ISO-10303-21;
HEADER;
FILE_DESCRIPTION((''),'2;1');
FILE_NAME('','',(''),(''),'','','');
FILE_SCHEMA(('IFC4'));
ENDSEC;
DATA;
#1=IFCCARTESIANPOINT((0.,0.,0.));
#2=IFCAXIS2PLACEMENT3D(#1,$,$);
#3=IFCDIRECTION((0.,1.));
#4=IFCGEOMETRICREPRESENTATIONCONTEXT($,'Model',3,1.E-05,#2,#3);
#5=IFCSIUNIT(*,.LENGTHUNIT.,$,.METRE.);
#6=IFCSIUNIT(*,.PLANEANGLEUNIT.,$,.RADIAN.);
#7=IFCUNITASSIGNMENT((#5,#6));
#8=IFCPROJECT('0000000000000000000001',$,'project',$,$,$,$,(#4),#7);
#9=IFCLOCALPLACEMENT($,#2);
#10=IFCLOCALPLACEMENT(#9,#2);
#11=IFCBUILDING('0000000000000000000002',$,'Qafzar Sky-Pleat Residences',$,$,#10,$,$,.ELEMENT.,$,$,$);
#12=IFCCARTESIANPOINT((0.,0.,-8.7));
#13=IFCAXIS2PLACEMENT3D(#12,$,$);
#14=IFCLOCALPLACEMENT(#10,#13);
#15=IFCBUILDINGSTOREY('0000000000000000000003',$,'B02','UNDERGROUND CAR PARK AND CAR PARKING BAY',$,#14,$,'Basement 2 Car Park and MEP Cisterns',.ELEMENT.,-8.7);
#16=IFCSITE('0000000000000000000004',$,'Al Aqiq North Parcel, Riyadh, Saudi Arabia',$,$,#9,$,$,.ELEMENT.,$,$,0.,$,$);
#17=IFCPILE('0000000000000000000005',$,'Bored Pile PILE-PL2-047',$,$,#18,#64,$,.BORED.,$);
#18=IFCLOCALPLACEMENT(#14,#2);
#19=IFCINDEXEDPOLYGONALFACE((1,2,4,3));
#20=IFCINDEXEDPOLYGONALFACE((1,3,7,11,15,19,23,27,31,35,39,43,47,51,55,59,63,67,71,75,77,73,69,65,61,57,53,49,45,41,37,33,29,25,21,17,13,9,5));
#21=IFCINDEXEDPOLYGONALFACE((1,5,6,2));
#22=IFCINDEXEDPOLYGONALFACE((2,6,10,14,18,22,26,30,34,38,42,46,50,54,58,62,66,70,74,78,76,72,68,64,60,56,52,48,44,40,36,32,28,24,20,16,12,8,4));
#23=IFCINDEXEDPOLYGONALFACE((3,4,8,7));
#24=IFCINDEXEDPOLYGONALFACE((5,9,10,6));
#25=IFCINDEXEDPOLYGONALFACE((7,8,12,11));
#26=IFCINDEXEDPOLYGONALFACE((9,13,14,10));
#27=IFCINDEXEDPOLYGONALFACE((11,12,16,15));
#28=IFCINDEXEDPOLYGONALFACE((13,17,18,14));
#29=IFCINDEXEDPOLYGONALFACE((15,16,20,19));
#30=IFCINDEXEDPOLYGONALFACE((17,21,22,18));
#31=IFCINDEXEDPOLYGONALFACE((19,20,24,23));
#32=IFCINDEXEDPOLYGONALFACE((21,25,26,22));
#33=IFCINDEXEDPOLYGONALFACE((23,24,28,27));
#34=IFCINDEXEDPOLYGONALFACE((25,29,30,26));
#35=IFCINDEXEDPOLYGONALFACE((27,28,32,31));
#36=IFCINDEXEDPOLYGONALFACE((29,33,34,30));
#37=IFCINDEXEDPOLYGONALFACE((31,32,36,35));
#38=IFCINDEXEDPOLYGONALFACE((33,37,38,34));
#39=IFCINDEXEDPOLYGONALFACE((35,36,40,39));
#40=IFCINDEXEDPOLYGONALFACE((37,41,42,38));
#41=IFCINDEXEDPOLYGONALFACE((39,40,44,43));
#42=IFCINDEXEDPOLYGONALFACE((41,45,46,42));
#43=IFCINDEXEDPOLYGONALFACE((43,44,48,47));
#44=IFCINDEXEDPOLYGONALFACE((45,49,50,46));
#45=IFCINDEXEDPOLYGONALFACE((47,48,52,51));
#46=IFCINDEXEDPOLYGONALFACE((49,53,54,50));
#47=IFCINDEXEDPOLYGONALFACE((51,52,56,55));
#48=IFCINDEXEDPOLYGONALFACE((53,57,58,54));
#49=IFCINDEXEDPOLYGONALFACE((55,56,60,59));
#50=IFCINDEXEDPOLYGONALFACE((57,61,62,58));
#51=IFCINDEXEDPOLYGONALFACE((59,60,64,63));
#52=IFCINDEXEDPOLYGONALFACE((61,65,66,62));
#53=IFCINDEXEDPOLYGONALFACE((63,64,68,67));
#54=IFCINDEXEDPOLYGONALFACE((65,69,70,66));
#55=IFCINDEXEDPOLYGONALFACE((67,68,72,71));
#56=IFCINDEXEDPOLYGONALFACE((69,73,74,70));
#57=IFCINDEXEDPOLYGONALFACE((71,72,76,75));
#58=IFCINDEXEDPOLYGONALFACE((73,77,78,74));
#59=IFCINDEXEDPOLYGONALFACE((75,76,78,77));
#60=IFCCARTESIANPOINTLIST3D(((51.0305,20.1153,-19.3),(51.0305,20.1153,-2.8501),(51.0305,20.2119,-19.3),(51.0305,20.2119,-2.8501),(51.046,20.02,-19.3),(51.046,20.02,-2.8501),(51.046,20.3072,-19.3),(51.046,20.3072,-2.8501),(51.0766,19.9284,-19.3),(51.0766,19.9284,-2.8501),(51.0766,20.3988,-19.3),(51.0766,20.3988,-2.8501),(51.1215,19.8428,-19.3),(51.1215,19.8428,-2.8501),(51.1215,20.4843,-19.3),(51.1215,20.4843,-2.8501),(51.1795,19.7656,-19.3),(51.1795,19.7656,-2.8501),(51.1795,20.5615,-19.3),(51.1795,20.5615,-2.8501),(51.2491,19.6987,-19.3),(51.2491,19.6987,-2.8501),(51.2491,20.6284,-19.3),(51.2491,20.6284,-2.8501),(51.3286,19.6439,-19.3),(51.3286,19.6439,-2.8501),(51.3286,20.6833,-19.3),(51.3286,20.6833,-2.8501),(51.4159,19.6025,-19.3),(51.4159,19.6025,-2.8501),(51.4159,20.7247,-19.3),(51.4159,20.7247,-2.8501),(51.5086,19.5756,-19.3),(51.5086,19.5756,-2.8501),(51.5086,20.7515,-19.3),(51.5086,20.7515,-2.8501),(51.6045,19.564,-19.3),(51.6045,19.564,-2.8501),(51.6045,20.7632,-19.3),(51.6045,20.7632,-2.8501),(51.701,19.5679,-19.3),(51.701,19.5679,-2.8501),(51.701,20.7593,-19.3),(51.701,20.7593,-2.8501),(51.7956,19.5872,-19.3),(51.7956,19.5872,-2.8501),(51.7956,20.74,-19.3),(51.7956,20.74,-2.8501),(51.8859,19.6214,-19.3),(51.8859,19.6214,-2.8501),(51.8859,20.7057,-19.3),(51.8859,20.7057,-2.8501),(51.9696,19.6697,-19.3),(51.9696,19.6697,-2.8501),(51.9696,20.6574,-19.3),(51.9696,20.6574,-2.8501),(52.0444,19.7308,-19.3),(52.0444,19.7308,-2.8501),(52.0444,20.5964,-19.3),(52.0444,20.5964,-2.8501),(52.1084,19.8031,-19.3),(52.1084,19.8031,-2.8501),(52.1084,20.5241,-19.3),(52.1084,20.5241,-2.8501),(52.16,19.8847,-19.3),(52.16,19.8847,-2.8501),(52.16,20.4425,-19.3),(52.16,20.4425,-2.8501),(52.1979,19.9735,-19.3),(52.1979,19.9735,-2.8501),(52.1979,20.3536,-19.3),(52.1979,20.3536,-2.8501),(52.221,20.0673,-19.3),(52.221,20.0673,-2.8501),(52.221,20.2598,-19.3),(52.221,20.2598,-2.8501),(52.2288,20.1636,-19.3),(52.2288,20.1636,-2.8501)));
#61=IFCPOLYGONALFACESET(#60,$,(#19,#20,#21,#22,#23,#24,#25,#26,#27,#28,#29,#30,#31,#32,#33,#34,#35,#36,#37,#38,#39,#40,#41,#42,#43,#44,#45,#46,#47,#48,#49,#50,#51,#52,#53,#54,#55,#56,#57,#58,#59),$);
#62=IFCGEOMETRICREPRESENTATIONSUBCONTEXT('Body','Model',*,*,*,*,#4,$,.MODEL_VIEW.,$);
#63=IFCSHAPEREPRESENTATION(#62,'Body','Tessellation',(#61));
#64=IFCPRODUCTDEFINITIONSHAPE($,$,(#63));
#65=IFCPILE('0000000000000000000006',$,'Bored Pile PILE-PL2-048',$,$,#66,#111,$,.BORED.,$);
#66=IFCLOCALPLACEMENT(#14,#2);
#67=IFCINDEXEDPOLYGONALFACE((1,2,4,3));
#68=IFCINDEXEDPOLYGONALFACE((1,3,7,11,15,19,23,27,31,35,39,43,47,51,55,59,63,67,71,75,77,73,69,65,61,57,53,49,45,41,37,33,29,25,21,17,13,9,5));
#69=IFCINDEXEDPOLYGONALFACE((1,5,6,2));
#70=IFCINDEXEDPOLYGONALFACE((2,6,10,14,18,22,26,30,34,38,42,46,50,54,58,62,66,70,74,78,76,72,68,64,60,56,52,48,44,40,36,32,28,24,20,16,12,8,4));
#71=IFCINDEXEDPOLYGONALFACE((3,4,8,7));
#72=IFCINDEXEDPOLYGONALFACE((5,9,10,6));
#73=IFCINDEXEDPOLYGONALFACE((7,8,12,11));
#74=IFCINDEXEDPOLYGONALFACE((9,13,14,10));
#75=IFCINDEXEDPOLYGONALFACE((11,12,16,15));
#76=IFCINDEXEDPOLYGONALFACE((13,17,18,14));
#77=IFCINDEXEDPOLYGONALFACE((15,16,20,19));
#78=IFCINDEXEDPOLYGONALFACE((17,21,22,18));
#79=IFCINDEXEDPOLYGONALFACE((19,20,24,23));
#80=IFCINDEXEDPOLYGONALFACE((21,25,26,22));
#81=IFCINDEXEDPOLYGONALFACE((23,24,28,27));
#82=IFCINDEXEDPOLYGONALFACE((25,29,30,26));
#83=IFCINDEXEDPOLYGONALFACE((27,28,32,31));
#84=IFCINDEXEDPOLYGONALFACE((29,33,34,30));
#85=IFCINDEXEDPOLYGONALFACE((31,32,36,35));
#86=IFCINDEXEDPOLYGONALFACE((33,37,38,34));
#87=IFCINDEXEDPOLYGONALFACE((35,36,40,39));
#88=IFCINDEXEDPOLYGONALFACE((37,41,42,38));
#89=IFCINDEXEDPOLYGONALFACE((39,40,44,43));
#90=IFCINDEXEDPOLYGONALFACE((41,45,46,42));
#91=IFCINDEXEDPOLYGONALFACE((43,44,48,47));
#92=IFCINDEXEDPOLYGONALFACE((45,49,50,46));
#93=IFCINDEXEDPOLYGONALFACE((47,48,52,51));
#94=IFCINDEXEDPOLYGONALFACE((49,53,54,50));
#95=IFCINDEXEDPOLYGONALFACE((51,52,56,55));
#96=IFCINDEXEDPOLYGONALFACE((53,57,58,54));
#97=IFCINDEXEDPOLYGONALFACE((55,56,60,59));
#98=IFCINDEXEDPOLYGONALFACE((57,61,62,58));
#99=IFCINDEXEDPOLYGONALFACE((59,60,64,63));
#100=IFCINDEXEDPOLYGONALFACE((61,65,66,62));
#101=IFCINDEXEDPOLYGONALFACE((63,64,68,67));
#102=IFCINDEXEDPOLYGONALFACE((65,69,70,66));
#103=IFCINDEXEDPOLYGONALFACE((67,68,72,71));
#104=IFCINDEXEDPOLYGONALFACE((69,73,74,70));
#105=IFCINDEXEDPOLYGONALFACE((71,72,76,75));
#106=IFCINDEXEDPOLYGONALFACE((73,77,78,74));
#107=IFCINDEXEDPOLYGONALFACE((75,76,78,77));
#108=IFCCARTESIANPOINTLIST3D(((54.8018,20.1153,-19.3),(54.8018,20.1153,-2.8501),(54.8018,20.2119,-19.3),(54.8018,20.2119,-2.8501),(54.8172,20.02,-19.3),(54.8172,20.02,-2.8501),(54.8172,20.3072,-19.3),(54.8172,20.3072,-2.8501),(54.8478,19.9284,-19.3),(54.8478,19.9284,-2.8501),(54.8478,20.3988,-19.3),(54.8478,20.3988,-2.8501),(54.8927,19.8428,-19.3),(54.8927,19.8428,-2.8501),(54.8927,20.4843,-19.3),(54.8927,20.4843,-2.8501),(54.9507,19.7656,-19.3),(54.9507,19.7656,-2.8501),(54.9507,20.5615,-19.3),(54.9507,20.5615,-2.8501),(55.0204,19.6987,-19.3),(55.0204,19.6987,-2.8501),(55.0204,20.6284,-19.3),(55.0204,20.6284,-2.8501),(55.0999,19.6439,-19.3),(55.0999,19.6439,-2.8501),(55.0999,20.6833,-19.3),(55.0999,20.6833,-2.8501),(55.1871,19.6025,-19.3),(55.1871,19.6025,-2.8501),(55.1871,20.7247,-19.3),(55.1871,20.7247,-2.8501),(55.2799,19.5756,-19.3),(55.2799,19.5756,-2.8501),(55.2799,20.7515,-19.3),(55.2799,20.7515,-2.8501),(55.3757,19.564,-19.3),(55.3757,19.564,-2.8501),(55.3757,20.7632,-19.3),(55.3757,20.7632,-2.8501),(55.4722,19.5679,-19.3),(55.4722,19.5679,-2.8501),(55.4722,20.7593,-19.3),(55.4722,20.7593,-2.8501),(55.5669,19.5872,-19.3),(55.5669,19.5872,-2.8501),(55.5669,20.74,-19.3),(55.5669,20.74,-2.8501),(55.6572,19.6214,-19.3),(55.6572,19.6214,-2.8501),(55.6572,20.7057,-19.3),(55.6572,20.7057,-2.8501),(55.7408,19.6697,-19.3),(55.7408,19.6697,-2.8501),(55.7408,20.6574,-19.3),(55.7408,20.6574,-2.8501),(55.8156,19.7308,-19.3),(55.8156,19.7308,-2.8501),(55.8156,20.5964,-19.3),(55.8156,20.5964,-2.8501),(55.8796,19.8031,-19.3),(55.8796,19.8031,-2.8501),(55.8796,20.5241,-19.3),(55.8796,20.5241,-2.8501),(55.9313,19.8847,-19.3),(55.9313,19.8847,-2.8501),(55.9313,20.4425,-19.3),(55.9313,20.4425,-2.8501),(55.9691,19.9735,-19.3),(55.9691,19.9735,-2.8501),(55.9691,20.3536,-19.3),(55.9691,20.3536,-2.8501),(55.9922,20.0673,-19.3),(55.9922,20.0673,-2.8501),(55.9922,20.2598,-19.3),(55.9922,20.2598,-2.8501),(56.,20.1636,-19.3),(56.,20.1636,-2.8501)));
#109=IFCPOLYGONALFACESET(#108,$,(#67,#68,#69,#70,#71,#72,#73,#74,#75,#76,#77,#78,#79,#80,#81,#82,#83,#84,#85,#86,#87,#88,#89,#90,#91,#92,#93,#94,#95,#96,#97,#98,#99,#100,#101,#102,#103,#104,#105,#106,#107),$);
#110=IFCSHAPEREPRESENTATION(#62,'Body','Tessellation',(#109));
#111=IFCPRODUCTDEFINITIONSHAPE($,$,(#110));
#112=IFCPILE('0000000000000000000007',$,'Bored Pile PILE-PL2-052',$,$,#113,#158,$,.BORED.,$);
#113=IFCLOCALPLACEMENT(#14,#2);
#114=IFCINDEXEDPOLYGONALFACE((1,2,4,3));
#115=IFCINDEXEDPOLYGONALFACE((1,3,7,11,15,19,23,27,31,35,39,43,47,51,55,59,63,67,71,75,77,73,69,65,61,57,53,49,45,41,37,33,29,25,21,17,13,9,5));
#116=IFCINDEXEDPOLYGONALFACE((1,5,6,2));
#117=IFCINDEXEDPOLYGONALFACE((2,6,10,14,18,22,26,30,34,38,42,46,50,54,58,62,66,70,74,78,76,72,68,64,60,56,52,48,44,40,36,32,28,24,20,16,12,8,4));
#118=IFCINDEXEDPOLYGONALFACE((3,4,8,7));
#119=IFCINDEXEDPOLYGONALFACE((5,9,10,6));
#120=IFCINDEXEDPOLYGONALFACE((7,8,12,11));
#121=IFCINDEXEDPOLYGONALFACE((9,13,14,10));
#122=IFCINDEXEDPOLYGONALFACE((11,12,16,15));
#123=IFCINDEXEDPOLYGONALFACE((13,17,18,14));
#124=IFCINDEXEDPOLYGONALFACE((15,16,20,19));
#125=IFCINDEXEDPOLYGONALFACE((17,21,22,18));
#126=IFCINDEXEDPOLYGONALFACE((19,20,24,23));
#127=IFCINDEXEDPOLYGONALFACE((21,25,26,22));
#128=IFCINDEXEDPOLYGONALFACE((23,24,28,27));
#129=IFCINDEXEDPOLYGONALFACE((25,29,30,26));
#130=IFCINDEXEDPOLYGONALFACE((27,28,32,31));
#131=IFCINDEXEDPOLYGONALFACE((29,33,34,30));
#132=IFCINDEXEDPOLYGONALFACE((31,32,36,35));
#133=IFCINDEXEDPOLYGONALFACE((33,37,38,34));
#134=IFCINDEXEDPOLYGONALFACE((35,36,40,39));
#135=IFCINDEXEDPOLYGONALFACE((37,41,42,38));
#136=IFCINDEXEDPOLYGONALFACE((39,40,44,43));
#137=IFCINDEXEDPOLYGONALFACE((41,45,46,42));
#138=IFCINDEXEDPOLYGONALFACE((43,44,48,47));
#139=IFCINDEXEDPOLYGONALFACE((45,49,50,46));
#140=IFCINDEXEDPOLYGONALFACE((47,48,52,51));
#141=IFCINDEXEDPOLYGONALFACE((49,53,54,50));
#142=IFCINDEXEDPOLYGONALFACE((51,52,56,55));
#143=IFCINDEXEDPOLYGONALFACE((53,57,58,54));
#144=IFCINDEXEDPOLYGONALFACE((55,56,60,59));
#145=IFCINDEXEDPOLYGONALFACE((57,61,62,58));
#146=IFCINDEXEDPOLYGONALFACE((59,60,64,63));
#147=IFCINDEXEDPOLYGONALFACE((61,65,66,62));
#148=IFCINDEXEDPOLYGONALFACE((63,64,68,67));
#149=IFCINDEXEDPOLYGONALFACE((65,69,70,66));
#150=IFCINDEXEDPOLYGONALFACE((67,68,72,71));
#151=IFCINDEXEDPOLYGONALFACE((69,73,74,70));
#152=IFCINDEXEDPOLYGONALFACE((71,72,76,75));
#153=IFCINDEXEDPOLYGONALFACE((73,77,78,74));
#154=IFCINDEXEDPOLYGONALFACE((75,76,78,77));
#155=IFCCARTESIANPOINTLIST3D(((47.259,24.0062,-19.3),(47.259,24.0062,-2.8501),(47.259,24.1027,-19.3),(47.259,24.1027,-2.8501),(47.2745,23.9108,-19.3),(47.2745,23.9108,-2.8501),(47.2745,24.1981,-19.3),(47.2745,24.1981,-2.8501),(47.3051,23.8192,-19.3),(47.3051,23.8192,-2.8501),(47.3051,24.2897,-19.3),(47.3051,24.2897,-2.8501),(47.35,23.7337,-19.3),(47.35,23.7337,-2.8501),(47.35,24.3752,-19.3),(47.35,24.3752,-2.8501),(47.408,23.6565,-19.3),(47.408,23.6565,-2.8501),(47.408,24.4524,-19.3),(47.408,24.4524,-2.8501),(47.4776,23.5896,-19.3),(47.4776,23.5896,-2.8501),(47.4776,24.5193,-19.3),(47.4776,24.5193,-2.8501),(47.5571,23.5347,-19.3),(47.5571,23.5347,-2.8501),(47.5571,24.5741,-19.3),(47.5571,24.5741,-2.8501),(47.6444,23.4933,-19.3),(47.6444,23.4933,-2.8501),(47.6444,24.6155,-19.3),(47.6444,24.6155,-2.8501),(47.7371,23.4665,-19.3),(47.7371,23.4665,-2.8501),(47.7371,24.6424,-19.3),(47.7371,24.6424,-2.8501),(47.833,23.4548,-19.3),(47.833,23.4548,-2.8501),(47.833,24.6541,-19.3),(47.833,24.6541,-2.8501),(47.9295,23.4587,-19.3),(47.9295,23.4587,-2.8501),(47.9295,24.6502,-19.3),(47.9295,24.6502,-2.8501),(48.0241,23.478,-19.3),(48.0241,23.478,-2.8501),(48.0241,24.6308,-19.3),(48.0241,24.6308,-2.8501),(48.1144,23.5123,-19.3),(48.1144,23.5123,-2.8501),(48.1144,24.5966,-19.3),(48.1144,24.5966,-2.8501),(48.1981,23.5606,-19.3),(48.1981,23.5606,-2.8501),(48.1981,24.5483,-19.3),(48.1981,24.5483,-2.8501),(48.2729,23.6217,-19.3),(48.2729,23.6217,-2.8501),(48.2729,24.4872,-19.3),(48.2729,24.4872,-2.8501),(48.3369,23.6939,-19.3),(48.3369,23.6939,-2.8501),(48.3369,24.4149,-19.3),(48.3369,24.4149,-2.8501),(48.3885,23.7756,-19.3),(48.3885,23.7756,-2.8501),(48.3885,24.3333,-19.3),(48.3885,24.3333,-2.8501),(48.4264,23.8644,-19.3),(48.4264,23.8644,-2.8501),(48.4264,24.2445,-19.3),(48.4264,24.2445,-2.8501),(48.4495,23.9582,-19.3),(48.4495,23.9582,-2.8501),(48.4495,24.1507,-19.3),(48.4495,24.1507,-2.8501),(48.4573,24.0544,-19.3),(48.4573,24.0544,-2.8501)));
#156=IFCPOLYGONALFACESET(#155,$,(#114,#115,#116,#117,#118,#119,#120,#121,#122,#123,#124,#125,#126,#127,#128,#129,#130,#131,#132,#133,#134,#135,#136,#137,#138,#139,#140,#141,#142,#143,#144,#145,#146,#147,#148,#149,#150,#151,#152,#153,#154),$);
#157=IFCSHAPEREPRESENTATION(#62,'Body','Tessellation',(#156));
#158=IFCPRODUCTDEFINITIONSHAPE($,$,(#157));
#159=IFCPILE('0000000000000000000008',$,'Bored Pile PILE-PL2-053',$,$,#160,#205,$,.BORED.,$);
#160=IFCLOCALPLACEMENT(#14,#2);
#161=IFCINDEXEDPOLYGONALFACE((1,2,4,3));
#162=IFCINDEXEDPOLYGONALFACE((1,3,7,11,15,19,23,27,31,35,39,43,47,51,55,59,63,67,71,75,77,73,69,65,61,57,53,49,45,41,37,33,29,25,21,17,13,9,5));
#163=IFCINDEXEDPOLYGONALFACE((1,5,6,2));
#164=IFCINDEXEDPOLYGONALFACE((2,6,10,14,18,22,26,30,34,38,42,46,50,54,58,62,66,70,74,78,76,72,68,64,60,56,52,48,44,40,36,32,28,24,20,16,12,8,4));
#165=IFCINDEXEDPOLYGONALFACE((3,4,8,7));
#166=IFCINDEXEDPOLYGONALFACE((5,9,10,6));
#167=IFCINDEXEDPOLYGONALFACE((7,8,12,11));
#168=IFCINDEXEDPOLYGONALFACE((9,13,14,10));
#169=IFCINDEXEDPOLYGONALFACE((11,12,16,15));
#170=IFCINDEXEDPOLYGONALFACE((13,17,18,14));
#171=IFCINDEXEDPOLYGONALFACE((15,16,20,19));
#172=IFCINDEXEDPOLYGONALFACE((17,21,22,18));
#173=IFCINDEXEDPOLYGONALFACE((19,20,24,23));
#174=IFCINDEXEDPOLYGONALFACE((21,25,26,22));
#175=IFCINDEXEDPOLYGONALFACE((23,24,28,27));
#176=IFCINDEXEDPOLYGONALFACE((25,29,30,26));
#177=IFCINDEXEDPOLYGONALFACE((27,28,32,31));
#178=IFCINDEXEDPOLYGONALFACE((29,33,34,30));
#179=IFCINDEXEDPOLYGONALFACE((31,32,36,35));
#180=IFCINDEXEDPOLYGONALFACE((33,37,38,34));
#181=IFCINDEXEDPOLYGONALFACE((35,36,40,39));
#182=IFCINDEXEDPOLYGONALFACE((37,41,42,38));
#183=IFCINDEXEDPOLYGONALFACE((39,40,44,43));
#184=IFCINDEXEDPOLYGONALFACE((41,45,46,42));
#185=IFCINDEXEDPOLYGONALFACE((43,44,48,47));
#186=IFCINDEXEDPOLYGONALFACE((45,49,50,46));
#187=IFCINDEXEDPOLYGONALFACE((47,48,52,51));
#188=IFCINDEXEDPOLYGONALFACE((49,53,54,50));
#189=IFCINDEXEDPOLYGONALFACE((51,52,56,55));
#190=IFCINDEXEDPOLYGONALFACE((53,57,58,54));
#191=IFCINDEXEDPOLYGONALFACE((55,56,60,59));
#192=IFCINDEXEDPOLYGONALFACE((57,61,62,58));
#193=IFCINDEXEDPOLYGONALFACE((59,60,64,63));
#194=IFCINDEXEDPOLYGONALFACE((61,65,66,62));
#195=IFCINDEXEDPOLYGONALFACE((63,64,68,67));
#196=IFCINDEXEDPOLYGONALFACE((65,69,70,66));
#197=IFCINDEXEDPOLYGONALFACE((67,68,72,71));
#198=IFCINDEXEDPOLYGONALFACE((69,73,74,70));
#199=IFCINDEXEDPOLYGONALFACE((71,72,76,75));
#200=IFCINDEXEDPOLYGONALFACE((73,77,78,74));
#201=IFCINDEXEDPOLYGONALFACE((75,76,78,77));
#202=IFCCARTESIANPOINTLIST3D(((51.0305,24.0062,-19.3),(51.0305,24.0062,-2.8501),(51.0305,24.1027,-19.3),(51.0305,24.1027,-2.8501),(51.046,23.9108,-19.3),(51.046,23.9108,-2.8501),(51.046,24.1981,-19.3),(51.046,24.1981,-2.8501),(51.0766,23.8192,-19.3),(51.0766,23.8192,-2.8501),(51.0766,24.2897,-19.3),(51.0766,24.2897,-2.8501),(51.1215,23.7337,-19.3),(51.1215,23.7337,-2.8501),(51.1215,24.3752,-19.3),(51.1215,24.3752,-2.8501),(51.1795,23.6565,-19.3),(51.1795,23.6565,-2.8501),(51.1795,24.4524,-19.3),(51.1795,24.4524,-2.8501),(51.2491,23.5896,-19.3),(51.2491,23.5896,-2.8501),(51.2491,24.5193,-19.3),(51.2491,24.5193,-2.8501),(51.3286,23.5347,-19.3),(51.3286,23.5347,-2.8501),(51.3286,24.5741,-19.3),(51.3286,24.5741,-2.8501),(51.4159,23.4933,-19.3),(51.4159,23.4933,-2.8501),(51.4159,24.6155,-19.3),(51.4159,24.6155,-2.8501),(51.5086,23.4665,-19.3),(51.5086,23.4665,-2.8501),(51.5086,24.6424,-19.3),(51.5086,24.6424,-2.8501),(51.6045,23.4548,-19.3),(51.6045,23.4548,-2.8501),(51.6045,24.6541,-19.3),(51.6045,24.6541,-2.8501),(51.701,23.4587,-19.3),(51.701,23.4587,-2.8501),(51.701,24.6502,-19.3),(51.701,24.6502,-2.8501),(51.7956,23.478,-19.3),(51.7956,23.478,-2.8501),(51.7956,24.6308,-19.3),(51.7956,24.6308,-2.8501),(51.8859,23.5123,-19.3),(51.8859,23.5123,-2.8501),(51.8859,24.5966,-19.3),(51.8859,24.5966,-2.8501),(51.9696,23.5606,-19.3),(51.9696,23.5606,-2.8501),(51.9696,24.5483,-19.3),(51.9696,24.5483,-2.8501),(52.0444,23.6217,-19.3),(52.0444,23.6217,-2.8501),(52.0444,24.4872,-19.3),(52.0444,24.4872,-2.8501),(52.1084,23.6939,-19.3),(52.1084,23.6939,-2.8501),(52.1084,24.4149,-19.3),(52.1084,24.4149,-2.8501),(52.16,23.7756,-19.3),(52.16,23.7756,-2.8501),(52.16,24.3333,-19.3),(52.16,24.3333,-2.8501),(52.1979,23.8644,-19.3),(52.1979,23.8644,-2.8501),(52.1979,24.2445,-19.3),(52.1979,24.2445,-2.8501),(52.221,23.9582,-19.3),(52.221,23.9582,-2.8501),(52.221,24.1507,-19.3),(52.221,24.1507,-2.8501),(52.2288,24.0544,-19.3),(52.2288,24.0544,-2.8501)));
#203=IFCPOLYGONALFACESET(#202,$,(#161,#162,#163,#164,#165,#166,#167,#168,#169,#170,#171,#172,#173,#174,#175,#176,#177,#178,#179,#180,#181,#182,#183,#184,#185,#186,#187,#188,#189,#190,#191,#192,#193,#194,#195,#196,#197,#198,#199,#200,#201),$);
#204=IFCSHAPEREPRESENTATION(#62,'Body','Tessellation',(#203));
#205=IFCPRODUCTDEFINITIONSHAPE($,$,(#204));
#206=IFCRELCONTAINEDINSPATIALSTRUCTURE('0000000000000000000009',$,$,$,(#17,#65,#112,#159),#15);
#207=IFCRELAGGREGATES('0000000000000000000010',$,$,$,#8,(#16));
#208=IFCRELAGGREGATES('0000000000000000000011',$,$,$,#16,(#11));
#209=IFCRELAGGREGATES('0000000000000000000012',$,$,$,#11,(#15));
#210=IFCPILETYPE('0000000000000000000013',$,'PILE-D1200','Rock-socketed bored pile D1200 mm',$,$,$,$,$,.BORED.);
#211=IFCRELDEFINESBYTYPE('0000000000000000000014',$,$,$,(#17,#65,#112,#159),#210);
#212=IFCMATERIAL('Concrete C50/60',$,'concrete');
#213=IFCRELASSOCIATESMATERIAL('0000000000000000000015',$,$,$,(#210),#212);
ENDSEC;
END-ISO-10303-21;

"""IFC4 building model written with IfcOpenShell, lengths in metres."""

from ifc_helpers import new_model, si_unit, direction, frame, origin, origin_2d, place, context, subcontext, project, spatial, circle, extrude, source, transform, mapped, material, material_profile, profile_set, type_object, element, save


model = new_model("IFC4")

# Units and contexts
model_context = context("Model", 3, precision=1e-05, world=origin(), true_north=direction((0.0, 1.0)))
body_context = subcontext(model_context, "Body", "Model", "MODEL_VIEW")
ifc_project = project(units=[si_unit("LENGTHUNIT", "METRE"), si_unit("PLANEANGLEUNIT", "RADIAN")], contexts=[model_context])

# Site, building, storey
site_placement = place(None, origin())
site = spatial("IfcSite", under=ifc_project, at=site_placement, Name="Al Aqiq North Parcel, Riyadh, Saudi Arabia", CompositionType="ELEMENT", RefElevation=0.0)
building_placement = place(site_placement, origin())
building = spatial("IfcBuilding", under=site, at=building_placement, Name="Qafzar Sky-Pleat Residences", CompositionType="ELEMENT")
storey_placement = place(building_placement, frame((0.0, 0.0, -8.7)))
storey = spatial("IfcBuildingStorey", under=building, at=storey_placement, Name="B02", Description="UNDERGROUND CAR PARK AND CAR PARKING BAY", LongName="Basement 2 Car Park and MEP Cisterns", CompositionType="ELEMENT", Elevation=-8.7)

# Piles
ifc_material_1 = material(Name="Concrete C50/60", Category="concrete")
ifc_material_profile_1 = material_profile(ifc_material_1, circle(Radius=0.6001, at=origin_2d()), Name="PILE D1200")
ifc_profile_set_1 = profile_set([ifc_material_profile_1], Name="Concrete C50/60")
pile_type_1 = type_object("IfcPileType", Name="PILE-D1200", Description="Rock-socketed bored pile D1200 mm", PredefinedType="BORED", material=ifc_profile_set_1)
shared_shape_1 = source(origin(), body_context, "Body", "SweptSolid", [
    extrude(circle(Radius=0.6001, at=origin_2d()), origin(), (0.0, 0.0, 1.0), 16.45),
])
for number, where, z_axis, x_axis, name in (
    (1, (51.6287, 20.1636, -2.8501), (0.0, 0.0, -1.0), (1.0, 0.0, 0.0), "Bored Pile PILE-PL2-047"),
    (2, (55.3999, 20.1636, -2.8501), (0.0, 0.0, -1.0), (1.0, 0.0, 0.0), "Bored Pile PILE-PL2-048"),
    (3, (47.8572, 24.0544, -2.8501), (0.0, 0.0, -1.0), (1.0, 0.0, 0.0), "Bored Pile PILE-PL2-052"),
    (4, (51.6287, 24.0544, -2.8501), (0.0, 0.0, -1.0), (1.0, 0.0, 0.0), "Bored Pile PILE-PL2-053"),
):
    element("IfcPile", number, at=place(storey_placement, frame(where, z_axis=z_axis, x_axis=x_axis)), inside=storey, type_object=pile_type_1, Name=name, PredefinedType="BORED", context=body_context, shape_type="MappedRepresentation", body=[
        mapped(shared_shape_1, transform((0.0, 0.0, 0.0), x_axis=(1.0, 0.0, 0.0), y_axis=(0.0, 1.0, 0.0), z_axis=(0.0, 0.0, 1.0), scale=1.0)),
    ])

save(model, "model.ifc")
